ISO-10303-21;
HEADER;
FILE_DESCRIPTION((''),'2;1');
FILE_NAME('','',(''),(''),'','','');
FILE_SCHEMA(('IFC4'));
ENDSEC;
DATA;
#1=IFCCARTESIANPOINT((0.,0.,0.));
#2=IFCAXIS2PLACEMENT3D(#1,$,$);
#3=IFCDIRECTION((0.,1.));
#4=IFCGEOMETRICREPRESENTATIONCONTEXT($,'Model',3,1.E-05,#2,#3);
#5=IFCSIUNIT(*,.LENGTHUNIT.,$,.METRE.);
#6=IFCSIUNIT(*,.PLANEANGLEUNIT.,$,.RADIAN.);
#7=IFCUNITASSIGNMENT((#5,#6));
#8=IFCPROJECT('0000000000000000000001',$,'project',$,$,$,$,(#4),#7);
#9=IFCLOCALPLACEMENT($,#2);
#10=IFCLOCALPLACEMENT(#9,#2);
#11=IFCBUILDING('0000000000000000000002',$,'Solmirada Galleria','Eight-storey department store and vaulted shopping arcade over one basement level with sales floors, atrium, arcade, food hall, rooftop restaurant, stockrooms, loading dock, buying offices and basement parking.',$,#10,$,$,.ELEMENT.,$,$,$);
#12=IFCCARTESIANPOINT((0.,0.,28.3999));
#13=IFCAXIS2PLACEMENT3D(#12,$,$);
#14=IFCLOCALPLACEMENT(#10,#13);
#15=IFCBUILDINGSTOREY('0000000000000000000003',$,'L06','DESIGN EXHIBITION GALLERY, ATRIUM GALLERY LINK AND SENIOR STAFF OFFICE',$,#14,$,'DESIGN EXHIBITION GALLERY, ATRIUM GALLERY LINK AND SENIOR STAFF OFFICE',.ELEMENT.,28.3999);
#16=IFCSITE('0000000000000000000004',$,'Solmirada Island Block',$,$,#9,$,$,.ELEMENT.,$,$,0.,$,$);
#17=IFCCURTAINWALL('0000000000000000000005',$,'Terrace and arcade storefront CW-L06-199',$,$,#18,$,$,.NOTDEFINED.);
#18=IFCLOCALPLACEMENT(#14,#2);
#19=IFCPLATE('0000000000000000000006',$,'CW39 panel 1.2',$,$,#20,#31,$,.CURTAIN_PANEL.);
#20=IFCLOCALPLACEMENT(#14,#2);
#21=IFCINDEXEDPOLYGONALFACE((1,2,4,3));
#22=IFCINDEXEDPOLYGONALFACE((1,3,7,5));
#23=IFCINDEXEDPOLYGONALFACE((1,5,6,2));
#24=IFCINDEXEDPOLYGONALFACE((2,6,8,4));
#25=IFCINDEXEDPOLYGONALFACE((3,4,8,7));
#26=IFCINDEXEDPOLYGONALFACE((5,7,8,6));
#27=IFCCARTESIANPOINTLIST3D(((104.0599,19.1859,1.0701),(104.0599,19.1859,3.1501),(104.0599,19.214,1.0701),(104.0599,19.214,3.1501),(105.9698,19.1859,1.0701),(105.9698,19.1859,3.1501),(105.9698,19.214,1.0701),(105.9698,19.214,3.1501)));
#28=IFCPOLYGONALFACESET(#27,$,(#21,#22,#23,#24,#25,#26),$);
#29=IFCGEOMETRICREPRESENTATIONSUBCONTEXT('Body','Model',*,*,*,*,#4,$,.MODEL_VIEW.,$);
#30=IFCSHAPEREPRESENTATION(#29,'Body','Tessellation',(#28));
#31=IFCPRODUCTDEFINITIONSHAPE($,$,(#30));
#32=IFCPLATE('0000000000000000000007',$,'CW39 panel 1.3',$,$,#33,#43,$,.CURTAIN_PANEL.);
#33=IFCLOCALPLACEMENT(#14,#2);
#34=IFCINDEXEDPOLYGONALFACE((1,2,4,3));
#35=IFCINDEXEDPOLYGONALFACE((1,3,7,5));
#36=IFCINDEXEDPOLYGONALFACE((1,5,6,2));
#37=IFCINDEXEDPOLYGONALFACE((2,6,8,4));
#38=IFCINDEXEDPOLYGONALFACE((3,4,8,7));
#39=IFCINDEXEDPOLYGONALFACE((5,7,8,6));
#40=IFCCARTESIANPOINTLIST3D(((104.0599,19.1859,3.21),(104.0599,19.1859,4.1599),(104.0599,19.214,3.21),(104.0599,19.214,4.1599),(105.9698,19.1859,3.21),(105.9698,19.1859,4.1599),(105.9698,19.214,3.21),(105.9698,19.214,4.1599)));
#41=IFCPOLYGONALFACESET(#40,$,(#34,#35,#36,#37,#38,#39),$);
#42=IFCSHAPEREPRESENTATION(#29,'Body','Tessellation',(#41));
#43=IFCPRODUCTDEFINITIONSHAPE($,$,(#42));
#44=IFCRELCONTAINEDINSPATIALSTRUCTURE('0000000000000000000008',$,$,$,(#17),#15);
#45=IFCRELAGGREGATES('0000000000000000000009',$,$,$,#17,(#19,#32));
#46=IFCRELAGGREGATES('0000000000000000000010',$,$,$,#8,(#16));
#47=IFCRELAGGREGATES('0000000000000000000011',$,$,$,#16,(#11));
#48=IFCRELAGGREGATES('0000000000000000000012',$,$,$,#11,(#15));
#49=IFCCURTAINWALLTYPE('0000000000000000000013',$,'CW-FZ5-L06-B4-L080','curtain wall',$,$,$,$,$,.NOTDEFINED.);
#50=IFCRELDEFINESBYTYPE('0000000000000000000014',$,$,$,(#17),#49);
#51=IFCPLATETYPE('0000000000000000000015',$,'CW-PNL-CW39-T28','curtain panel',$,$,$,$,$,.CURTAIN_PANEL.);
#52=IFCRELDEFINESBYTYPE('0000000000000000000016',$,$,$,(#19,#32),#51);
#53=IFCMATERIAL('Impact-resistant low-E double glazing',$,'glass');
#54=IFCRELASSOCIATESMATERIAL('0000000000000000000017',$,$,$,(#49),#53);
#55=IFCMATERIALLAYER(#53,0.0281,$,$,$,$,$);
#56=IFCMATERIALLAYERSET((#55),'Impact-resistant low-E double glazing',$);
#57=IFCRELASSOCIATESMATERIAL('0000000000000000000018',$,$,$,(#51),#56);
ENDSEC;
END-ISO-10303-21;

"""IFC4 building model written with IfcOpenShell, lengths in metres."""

from ifc_helpers import new_model, si_unit, direction, frame, origin, origin_2d, place, context, subcontext, project, spatial, rectangle, extrude, material, layer, layer_set, type_object, element, aggregate, save


model = new_model("IFC4")

# Units and contexts
model_context = context("Model", 3, precision=1e-05, world=origin(), true_north=direction((0.0, 1.0)))
body_context = subcontext(model_context, "Body", "Model", "MODEL_VIEW")
ifc_project = project(units=[si_unit("LENGTHUNIT", "METRE"), si_unit("PLANEANGLEUNIT", "RADIAN")], contexts=[model_context])

# Site, building, storey
site_placement = place(None, origin())
site = spatial("IfcSite", under=ifc_project, at=site_placement, Name="Solmirada Island Block", CompositionType="ELEMENT", RefElevation=0.0)
building_placement = place(site_placement, origin())
building = spatial("IfcBuilding", under=site, at=building_placement, Name="Solmirada Galleria", Description="Eight-storey department store and vaulted shopping arcade over one basement level with sales floors, atrium, arcade, food hall, rooftop restaurant, stockrooms, loading dock, buying offices and basement parking.", CompositionType="ELEMENT")
storey_placement = place(building_placement, frame((0.0, 0.0, 28.3999)))
storey = spatial("IfcBuildingStorey", under=building, at=storey_placement, Name="L06", Description="DESIGN EXHIBITION GALLERY, ATRIUM GALLERY LINK AND SENIOR STAFF OFFICE", LongName="DESIGN EXHIBITION GALLERY, ATRIUM GALLERY LINK AND SENIOR STAFF OFFICE", CompositionType="ELEMENT", Elevation=28.3999)

# Shared definitions
ifc_material_1 = material(Name="Impact-resistant low-E double glazing", Category="glass")
curtain_wall_type = type_object("IfcCurtainWallType", Name="CW-FZ5-L06-B4-L080", Description="curtain wall", PredefinedType="NOTDEFINED", material=ifc_material_1)

# Curtain wall
curtain_wall_1_placement = place(storey_placement, origin())
curtain_wall_1 = element("IfcCurtainWall", 1, at=curtain_wall_1_placement, inside=storey, type_object=curtain_wall_type, Name="Terrace and arcade storefront CW-L06-199", PredefinedType="NOTDEFINED")

# Plates
ifc_layer = layer(ifc_material_1, 0.0281)
ifc_layer_set = layer_set([ifc_layer], Name="Impact-resistant low-E double glazing")
plate_type = type_object("IfcPlateType", Name="CW-PNL-CW39-T28", Description="curtain panel", PredefinedType="CURTAIN_PANEL", material=ifc_layer_set)
plate_1_placement = place(storey_placement, frame((105.0149, 19.2, 1.0701), z_axis=(0.0, 0.0, 1.0), x_axis=(1.0, 0.0, 0.0)))
plate_1 = element("IfcPlate", 2, at=plate_1_placement, type_object=plate_type, Name="CW39 panel 1.2", PredefinedType="CURTAIN_PANEL", context=body_context, shape_type="SweptSolid", body=[
    extrude(rectangle(XDim=1.9099, YDim=0.0281, at=origin_2d()), origin(), (0.0, 0.0, 1.0), 2.0801),
])
plate_2_placement = place(storey_placement, frame((105.0149, 19.2, 3.21), z_axis=(0.0, 0.0, 1.0), x_axis=(1.0, 0.0, 0.0)))
plate_2 = element("IfcPlate", 3, at=plate_2_placement, type_object=plate_type, Name="CW39 panel 1.3", PredefinedType="CURTAIN_PANEL", context=body_context, shape_type="SweptSolid", body=[
    extrude(rectangle(XDim=1.9099, YDim=0.0281, at=origin_2d()), origin(), (0.0, 0.0, 1.0), 0.95),
])
aggregate(curtain_wall_1, [plate_1, plate_2])

save(model, "model.ifc")
